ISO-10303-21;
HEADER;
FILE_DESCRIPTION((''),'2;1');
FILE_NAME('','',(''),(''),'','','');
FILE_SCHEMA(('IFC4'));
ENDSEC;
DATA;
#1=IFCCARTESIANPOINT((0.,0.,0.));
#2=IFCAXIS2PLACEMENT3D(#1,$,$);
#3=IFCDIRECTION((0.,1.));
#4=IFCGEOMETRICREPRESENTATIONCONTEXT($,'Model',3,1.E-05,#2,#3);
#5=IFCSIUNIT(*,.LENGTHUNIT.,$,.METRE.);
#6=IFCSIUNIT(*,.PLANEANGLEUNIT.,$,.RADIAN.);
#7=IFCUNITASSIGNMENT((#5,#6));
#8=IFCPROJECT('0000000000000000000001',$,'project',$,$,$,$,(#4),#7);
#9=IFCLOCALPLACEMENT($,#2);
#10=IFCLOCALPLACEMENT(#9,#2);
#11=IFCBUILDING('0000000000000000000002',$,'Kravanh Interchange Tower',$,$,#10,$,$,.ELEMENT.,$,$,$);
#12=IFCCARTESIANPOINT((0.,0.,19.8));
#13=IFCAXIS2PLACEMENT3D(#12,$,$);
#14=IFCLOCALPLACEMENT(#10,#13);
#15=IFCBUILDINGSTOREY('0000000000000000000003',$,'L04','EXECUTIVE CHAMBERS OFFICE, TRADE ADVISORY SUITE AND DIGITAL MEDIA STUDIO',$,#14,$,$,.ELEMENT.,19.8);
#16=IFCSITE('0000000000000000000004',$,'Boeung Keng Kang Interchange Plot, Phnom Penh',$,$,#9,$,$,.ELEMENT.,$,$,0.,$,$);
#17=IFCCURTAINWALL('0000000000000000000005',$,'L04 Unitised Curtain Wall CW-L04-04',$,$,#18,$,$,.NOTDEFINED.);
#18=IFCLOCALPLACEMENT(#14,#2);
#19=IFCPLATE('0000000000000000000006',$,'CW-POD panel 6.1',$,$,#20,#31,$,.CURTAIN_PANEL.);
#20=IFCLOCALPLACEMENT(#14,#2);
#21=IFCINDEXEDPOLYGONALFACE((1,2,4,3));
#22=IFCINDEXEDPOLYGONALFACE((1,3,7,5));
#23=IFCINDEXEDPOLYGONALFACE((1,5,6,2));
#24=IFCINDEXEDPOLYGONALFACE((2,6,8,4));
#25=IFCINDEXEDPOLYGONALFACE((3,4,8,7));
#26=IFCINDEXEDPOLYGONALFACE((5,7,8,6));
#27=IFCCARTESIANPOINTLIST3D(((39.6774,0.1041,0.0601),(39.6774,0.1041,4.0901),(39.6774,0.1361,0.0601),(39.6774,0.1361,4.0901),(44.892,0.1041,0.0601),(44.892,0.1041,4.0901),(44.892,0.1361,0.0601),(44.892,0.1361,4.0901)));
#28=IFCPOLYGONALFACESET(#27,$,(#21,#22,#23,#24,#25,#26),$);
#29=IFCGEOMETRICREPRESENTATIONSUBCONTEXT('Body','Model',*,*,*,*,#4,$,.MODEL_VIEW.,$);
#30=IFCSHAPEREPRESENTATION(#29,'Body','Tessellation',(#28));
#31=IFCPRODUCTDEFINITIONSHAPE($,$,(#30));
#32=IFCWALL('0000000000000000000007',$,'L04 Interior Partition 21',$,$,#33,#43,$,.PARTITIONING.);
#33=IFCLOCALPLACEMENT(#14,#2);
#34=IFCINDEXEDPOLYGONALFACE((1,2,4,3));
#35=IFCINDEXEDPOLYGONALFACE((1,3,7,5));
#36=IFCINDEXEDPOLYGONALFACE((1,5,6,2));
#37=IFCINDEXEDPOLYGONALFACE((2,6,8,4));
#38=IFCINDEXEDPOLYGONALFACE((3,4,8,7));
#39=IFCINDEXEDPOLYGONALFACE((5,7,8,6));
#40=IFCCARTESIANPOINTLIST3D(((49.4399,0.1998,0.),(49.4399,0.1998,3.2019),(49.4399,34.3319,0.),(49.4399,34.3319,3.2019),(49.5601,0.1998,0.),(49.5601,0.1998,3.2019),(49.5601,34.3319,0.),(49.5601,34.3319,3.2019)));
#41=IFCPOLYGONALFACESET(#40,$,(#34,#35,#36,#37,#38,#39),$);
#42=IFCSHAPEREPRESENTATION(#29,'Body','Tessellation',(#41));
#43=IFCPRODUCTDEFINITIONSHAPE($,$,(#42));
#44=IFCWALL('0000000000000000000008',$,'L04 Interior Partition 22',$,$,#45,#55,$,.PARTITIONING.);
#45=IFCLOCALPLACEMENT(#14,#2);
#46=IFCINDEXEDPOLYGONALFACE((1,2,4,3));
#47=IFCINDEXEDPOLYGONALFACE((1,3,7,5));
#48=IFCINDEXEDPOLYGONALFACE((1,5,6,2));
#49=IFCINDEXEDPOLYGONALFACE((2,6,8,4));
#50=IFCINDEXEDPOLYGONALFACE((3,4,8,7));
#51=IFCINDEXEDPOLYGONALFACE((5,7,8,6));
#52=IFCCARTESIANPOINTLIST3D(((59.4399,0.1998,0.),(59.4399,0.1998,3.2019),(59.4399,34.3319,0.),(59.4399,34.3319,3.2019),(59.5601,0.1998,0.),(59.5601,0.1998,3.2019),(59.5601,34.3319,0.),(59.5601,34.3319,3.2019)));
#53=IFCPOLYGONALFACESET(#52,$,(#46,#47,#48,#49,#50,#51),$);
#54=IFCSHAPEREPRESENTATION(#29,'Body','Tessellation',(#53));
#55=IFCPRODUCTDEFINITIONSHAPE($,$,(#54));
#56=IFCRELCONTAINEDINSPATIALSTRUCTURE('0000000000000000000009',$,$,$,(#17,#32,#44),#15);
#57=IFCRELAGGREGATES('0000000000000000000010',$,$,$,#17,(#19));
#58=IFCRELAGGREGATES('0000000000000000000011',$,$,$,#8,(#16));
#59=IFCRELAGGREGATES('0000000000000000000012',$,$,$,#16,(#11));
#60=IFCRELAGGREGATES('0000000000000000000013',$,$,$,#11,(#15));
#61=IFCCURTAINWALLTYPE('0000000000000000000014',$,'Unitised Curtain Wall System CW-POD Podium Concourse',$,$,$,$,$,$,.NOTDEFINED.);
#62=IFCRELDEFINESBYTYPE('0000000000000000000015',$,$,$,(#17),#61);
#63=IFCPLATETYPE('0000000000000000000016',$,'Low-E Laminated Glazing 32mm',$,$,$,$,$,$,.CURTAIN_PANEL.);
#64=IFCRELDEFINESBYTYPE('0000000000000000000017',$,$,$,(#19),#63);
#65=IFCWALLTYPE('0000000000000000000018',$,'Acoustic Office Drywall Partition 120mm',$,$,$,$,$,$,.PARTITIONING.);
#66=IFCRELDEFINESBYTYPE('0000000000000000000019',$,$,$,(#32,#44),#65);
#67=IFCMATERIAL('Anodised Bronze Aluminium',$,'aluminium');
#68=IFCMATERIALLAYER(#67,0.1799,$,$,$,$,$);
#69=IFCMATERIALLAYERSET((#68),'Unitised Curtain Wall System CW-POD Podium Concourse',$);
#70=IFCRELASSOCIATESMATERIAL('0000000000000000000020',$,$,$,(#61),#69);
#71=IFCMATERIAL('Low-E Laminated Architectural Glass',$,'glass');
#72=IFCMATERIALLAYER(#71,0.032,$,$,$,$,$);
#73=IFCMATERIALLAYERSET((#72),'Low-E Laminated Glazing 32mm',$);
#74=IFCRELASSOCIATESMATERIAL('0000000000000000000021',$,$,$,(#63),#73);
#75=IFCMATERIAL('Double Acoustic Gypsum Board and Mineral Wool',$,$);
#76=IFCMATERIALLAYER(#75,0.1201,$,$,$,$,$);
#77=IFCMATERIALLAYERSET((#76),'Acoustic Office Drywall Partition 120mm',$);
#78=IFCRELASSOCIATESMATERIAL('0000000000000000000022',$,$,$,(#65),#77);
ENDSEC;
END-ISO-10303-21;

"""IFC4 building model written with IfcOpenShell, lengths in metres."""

from ifc_helpers import new_model, si_unit, direction, frame, frame_2d, origin, origin_2d, place, context, subcontext, project, spatial, rectangle, extrude, material, layer, layer_set, type_object, element, aggregate, save


model = new_model("IFC4")

# Units and contexts
model_context = context("Model", 3, precision=1e-05, world=origin(), true_north=direction((0.0, 1.0)))
body_context = subcontext(model_context, "Body", "Model", "MODEL_VIEW")
ifc_project = project(units=[si_unit("LENGTHUNIT", "METRE"), si_unit("PLANEANGLEUNIT", "RADIAN")], contexts=[model_context])

# Site, building, storey
site_placement = place(None, origin())
site = spatial("IfcSite", under=ifc_project, at=site_placement, Name="Boeung Keng Kang Interchange Plot, Phnom Penh", CompositionType="ELEMENT", RefElevation=0.0)
building_placement = place(site_placement, origin())
building = spatial("IfcBuilding", under=site, at=building_placement, Name="Kravanh Interchange Tower", CompositionType="ELEMENT")
storey_placement = place(building_placement, frame((0.0, 0.0, 19.8)))
storey = spatial("IfcBuildingStorey", under=building, at=storey_placement, Name="L04", Description="EXECUTIVE CHAMBERS OFFICE, TRADE ADVISORY SUITE AND DIGITAL MEDIA STUDIO", CompositionType="ELEMENT", Elevation=19.8)

# Curtain wall
ifc_material_1 = material(Name="Anodised Bronze Aluminium", Category="aluminium")
ifc_layer_1 = layer(ifc_material_1, 0.1799)
ifc_layer_set_1 = layer_set([ifc_layer_1], Name="Unitised Curtain Wall System CW-POD Podium Concourse")
curtain_wall_type = type_object("IfcCurtainWallType", Name="Unitised Curtain Wall System CW-POD Podium Concourse", PredefinedType="NOTDEFINED", material=ifc_layer_set_1)
curtain_wall_placement = place(storey_placement, origin())
curtain_wall = element("IfcCurtainWall", 1, at=curtain_wall_placement, inside=storey, type_object=curtain_wall_type, Name="L04 Unitised Curtain Wall CW-L04-04", PredefinedType="NOTDEFINED")

# Plate
ifc_material_2 = material(Name="Low-E Laminated Architectural Glass", Category="glass")
ifc_layer_2 = layer(ifc_material_2, 0.032)
ifc_layer_set_2 = layer_set([ifc_layer_2], Name="Low-E Laminated Glazing 32mm")
plate_type = type_object("IfcPlateType", Name="Low-E Laminated Glazing 32mm", PredefinedType="CURTAIN_PANEL", material=ifc_layer_set_2)
plate_1_placement = place(storey_placement, frame((42.2847, 0.1201, 0.0601), z_axis=(0.0, 0.0, 1.0), x_axis=(-1.0, 0.0, 0.0)))
plate_1 = element("IfcPlate", 2, at=plate_1_placement, type_object=plate_type, Name="CW-POD panel 6.1", PredefinedType="CURTAIN_PANEL", context=body_context, shape_type="SweptSolid", body=[
    extrude(rectangle(XDim=5.2146, YDim=0.032, at=origin_2d()), origin(), (0.0, 0.0, 1.0), 4.03),
])
aggregate(curtain_wall, [plate_1])

# Walls
ifc_material_3 = material(Name="Double Acoustic Gypsum Board and Mineral Wool")
ifc_layer_3 = layer(ifc_material_3, 0.1201)
ifc_layer_set_3 = layer_set([ifc_layer_3], Name="Acoustic Office Drywall Partition 120mm")
wall_type = type_object("IfcWallType", Name="Acoustic Office Drywall Partition 120mm", PredefinedType="PARTITIONING", material=ifc_layer_set_3)
for number, where, z_axis, x_axis, name in (
    (3, (49.5, 0.2, 0.0), (0.0, 0.0, 1.0), (0.0, 1.0, 0.0), "L04 Interior Partition 21"),
    (4, (59.5, 0.2, 0.0), (0.0, 0.0, 1.0), (0.0, 1.0, 0.0), "L04 Interior Partition 22"),
):
    element("IfcWall", number, at=place(storey_placement, frame(where, z_axis=z_axis, x_axis=x_axis)), inside=storey, type_object=wall_type, Name=name, PredefinedType="PARTITIONING", context=body_context, shape_type="SweptSolid", body=[
        extrude(rectangle(XDim=34.1321, YDim=0.1201, at=frame_2d((17.0659, 0.0))), origin(), (0.0, 0.0, 1.0), 3.2019),
    ])

save(model, "model.ifc")
